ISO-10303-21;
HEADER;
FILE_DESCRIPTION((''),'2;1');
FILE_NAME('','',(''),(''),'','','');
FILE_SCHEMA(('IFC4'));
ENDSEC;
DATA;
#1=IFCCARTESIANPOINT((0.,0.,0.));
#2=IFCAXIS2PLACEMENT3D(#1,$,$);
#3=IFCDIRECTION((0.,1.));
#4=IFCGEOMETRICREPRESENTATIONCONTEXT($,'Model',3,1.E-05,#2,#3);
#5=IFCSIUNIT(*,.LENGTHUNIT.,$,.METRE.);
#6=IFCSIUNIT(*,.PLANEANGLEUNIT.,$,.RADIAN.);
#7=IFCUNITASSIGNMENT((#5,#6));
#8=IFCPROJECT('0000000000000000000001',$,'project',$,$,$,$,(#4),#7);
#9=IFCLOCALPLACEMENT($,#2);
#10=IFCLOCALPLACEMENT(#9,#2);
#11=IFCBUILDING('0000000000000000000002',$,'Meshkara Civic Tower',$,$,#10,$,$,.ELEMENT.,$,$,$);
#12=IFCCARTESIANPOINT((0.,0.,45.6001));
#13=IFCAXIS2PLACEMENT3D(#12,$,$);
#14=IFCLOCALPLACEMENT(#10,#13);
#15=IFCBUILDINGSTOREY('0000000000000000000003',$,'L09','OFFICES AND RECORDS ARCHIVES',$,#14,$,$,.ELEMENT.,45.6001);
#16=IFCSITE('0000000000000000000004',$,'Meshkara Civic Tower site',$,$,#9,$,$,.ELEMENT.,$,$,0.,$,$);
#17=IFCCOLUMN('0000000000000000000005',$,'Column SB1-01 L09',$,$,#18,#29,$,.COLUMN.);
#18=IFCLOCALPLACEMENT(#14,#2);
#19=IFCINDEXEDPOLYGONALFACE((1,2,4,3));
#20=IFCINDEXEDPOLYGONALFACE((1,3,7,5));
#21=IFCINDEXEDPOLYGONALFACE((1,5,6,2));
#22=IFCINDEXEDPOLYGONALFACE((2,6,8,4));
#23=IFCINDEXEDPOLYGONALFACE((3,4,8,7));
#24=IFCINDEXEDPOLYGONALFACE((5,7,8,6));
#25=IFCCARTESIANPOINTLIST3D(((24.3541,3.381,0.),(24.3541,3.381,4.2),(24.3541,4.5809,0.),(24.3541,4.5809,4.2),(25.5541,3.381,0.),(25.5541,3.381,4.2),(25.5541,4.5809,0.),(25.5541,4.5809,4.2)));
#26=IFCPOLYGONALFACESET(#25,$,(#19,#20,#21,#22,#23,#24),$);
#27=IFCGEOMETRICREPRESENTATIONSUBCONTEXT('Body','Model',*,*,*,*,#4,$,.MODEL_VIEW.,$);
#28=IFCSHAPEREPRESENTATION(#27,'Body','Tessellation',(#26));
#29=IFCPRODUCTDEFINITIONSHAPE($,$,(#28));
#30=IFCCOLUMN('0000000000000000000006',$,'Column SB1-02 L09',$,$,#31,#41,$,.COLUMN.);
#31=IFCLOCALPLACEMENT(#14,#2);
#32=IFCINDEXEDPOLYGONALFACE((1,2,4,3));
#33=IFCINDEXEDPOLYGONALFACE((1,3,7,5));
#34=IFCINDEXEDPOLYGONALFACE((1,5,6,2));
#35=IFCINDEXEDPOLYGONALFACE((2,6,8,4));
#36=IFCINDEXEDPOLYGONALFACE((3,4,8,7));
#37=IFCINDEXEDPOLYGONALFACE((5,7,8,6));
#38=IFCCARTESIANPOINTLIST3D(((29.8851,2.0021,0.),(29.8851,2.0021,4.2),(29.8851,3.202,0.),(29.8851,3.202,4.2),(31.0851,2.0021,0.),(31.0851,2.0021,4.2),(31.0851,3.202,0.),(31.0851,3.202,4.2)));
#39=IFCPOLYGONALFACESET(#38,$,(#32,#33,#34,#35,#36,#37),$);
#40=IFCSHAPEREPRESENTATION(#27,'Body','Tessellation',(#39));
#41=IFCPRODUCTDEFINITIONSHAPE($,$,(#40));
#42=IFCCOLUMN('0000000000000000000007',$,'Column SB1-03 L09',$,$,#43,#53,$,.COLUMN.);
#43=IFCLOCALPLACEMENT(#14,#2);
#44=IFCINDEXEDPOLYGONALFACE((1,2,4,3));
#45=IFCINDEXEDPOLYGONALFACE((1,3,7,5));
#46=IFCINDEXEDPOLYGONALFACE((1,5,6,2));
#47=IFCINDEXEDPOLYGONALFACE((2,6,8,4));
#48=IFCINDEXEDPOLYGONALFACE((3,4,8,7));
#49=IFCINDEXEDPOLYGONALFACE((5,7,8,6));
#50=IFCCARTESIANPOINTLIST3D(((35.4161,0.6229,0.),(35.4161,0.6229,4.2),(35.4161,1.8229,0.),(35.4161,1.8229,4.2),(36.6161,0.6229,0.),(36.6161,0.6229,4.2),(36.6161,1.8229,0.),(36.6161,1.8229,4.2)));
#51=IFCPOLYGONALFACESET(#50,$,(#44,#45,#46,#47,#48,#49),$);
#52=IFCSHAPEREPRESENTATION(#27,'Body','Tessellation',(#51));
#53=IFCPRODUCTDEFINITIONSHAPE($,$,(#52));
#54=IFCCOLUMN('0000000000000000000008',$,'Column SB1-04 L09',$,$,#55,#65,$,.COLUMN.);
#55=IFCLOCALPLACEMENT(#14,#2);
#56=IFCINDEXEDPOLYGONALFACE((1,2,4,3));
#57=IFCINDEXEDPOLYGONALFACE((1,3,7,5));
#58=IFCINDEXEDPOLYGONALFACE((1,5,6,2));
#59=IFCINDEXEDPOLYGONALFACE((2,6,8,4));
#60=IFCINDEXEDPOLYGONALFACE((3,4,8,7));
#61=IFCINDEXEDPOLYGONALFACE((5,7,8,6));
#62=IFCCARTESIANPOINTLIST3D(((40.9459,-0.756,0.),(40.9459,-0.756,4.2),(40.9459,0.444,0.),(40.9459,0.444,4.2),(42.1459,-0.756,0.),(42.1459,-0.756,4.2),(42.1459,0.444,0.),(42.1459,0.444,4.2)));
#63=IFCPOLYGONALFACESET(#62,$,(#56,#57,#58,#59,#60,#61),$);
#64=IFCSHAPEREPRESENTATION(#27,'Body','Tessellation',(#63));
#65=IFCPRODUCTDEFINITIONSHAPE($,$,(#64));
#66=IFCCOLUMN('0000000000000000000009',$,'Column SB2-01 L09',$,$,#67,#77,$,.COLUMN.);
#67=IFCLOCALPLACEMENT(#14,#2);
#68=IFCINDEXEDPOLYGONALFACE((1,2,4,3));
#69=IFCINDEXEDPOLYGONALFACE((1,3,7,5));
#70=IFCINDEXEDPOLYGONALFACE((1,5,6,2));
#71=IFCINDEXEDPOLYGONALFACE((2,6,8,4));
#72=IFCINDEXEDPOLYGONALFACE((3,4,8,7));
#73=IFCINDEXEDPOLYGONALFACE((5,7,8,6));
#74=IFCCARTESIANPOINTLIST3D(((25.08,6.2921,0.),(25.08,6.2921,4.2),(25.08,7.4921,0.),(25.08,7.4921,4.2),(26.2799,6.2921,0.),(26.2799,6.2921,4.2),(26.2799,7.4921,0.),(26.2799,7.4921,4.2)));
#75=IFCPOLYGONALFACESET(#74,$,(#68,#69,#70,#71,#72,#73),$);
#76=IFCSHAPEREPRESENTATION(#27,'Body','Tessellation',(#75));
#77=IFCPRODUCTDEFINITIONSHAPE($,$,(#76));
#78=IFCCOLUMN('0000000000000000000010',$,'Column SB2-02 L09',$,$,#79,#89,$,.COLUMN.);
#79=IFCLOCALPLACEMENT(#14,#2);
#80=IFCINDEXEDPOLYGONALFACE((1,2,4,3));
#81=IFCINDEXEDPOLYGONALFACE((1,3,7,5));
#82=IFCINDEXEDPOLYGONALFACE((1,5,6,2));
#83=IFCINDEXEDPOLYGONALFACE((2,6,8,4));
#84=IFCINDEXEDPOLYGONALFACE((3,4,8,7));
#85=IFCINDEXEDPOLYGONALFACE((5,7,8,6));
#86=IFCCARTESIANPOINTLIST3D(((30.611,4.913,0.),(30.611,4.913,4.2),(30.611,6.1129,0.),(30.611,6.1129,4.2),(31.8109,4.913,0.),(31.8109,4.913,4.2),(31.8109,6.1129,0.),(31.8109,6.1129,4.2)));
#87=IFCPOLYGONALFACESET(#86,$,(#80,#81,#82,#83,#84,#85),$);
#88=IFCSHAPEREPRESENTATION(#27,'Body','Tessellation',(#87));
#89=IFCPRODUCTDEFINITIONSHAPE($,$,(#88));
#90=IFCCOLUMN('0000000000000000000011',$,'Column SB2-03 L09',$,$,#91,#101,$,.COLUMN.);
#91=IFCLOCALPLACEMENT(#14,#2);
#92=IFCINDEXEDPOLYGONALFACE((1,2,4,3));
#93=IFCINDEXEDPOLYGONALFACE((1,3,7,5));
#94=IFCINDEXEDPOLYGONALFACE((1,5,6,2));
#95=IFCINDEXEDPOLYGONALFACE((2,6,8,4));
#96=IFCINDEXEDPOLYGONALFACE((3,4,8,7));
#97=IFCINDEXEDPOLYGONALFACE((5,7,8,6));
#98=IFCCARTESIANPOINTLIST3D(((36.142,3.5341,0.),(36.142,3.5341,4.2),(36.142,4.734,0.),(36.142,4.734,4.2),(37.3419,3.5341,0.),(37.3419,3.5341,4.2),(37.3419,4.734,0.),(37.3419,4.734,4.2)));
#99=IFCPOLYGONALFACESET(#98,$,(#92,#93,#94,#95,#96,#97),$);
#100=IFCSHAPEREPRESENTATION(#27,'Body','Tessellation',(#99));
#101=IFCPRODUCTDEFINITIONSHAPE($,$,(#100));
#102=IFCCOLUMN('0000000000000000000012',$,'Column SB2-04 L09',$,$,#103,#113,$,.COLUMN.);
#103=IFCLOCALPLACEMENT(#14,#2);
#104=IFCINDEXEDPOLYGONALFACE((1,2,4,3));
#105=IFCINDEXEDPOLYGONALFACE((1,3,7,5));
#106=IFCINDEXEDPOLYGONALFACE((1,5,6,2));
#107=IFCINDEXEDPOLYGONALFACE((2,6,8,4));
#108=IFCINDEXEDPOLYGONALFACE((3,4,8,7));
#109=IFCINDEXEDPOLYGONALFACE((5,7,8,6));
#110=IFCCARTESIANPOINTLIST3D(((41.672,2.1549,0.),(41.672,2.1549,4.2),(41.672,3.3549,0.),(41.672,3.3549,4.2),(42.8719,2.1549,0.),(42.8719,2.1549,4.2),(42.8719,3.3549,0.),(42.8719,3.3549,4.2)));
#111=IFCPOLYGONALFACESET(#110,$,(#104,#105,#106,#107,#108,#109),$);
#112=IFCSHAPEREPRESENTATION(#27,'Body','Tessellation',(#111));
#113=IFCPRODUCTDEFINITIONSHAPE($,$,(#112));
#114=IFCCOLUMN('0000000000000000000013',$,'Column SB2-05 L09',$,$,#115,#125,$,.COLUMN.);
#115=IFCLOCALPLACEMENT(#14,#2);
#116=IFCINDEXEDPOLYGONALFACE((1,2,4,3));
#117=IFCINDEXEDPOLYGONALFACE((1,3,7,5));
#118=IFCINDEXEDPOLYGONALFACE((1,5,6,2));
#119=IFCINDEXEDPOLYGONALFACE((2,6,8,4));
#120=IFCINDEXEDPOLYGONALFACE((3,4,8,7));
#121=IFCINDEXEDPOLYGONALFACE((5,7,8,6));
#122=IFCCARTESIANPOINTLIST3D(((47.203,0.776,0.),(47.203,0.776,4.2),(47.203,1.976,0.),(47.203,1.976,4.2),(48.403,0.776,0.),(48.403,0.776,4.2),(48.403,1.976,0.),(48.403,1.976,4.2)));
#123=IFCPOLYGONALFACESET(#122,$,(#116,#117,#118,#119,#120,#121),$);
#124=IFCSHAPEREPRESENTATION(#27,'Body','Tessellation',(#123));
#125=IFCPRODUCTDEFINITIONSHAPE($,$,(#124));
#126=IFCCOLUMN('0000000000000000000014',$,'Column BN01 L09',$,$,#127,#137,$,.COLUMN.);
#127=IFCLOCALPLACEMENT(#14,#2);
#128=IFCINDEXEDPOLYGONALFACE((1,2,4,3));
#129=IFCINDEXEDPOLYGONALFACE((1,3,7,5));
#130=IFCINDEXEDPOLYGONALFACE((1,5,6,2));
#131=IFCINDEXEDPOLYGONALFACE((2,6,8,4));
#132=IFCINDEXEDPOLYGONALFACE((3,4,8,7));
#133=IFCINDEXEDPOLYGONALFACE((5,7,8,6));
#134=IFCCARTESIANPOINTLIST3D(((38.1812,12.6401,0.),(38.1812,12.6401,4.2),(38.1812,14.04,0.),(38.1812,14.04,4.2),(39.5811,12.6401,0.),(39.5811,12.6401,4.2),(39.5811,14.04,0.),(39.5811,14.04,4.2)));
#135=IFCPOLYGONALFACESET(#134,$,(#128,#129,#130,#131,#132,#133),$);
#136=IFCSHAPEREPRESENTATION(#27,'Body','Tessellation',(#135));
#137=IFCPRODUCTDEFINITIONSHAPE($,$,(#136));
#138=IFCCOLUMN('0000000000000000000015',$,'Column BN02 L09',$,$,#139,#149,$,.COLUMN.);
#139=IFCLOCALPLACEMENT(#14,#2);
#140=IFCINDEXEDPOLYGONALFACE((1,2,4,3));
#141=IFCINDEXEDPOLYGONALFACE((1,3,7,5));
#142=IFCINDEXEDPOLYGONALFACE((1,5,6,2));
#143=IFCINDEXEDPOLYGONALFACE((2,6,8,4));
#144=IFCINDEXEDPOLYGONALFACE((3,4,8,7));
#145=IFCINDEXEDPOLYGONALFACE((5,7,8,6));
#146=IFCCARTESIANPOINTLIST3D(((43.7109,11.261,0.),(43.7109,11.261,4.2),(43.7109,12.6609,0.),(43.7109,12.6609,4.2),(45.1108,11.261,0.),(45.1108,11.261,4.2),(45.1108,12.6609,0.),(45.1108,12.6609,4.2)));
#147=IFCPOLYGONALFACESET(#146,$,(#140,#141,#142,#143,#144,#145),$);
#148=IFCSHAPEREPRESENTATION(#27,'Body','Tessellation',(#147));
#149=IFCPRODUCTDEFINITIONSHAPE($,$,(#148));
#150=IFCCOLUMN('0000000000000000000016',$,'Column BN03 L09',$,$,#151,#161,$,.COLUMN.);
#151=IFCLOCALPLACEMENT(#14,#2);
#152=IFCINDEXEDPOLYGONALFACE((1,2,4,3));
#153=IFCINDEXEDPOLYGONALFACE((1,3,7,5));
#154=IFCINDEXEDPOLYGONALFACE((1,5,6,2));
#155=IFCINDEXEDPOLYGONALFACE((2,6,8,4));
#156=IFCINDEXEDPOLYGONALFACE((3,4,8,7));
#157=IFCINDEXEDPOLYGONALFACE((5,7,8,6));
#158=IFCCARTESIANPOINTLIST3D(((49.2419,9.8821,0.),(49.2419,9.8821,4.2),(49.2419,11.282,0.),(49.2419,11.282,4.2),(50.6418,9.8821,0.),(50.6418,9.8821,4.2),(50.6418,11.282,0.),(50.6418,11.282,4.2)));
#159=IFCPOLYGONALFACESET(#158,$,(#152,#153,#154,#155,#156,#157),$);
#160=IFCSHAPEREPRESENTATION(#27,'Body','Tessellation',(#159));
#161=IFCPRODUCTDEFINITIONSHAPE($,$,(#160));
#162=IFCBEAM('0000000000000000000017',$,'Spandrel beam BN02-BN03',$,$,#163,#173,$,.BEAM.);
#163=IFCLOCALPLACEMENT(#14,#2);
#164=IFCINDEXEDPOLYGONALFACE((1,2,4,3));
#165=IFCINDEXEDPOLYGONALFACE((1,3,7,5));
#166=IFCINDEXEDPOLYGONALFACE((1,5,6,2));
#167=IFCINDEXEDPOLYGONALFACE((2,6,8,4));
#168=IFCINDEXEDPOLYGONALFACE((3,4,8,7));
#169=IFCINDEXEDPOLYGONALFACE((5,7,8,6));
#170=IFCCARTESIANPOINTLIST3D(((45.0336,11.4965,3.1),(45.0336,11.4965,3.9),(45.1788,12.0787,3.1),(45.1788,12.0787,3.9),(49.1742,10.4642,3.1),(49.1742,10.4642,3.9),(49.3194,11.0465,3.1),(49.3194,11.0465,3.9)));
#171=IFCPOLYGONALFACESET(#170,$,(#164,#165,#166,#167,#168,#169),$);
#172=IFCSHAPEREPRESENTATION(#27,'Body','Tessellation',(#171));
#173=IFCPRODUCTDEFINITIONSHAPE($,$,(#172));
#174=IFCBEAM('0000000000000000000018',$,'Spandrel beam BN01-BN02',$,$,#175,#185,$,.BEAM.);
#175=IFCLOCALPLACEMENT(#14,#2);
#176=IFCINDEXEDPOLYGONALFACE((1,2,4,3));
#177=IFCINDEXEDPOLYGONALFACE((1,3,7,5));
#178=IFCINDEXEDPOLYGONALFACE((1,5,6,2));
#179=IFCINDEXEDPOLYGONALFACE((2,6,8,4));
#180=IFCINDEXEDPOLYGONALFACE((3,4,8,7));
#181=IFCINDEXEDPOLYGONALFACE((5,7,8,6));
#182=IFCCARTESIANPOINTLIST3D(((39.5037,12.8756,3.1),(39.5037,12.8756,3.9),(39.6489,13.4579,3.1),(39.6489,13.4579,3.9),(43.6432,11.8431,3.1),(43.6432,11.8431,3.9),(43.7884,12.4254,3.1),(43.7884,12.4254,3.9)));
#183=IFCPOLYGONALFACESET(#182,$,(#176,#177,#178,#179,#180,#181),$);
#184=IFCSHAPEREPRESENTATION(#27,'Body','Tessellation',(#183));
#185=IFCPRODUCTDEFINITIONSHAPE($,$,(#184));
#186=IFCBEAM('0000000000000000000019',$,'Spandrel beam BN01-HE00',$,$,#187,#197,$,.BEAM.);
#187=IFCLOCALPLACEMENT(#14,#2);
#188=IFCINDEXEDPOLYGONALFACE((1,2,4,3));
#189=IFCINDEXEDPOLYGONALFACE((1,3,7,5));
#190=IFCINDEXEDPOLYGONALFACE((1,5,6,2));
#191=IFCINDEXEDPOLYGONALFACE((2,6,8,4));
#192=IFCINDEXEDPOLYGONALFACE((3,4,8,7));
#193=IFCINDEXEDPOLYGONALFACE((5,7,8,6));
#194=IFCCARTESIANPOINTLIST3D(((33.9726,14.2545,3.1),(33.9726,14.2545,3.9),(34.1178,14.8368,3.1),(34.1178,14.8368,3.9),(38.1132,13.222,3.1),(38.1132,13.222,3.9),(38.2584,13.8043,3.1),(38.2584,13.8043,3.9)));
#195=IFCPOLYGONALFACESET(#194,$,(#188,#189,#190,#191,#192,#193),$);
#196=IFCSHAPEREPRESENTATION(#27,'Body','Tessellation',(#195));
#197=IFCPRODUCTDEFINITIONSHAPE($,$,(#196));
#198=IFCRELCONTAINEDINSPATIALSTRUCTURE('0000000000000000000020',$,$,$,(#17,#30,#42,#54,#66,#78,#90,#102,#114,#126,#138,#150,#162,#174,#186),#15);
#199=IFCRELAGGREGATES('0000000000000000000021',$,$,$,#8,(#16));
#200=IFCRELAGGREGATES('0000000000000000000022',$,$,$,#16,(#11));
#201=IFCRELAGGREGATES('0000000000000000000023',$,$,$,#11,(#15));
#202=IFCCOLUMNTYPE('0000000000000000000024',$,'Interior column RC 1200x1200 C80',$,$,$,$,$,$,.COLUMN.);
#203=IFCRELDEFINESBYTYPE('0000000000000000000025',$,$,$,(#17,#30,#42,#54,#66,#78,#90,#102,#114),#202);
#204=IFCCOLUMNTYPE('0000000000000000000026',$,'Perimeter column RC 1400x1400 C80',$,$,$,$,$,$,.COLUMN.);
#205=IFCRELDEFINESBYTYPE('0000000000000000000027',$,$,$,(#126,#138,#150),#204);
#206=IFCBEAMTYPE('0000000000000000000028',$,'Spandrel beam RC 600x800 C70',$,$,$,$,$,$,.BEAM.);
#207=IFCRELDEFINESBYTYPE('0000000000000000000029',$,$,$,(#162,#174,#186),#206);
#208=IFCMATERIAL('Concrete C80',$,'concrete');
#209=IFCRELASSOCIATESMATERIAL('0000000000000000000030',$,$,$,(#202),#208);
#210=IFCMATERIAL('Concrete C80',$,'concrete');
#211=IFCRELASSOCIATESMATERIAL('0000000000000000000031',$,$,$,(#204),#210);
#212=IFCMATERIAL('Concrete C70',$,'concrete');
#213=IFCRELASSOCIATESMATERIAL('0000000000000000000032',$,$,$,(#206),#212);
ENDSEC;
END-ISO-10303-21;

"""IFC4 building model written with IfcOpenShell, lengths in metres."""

from ifc_helpers import new_model, si_unit, direction, frame, origin, origin_2d, place, context, subcontext, project, spatial, rectangle, extrude, material, material_profile, profile_set, type_object, element, save


model = new_model("IFC4")

# Units and contexts
model_context = context("Model", 3, precision=1e-05, world=origin(), true_north=direction((0.0, 1.0)))
body_context = subcontext(model_context, "Body", "Model", "MODEL_VIEW")
ifc_project = project(units=[si_unit("LENGTHUNIT", "METRE"), si_unit("PLANEANGLEUNIT", "RADIAN")], contexts=[model_context])

# Site, building, storey
site_placement = place(None, origin())
site = spatial("IfcSite", under=ifc_project, at=site_placement, Name="Meshkara Civic Tower site", CompositionType="ELEMENT", RefElevation=0.0)
building_placement = place(site_placement, origin())
building = spatial("IfcBuilding", under=site, at=building_placement, Name="Meshkara Civic Tower", CompositionType="ELEMENT")
storey_placement = place(building_placement, frame((0.0, 0.0, 45.6001)))
storey = spatial("IfcBuildingStorey", under=building, at=storey_placement, Name="L09", Description="OFFICES AND RECORDS ARCHIVES", CompositionType="ELEMENT", Elevation=45.6001)

# Columns
ifc_material_1 = material(Name="Concrete C80", Category="concrete")
ifc_material_profile_1 = material_profile(ifc_material_1, rectangle(XDim=1.2, YDim=1.2, at=origin_2d()))
ifc_profile_set_1 = profile_set([ifc_material_profile_1], Name="Concrete C80")
column_type_1 = type_object("IfcColumnType", Name="Interior column RC 1200x1200 C80", PredefinedType="COLUMN", material=ifc_profile_set_1)
for number, where, z_axis, x_axis, name in (
    (1, (24.9541, 3.981, 0.0), (0.0, 0.0, 1.0), (1.0, 0.0, 0.0), "Column SB1-01 L09"),
    (2, (30.4851, 2.6021, 0.0), (0.0, 0.0, 1.0), (1.0, 0.0, 0.0), "Column SB1-02 L09"),
    (3, (36.0161, 1.2229, 0.0), (0.0, 0.0, 1.0), (1.0, 0.0, 0.0), "Column SB1-03 L09"),
    (4, (41.5459, -0.156, 0.0), (0.0, 0.0, 1.0), (1.0, 0.0, 0.0), "Column SB1-04 L09"),
    (5, (25.6799, 6.8921, 0.0), (0.0, 0.0, 1.0), (1.0, 0.0, 0.0), "Column SB2-01 L09"),
    (6, (31.2109, 5.5129, 0.0), (0.0, 0.0, 1.0), (1.0, 0.0, 0.0), "Column SB2-02 L09"),
    (7, (36.7419, 4.134, 0.0), (0.0, 0.0, 1.0), (1.0, 0.0, 0.0), "Column SB2-03 L09"),
    (8, (42.272, 2.7549, 0.0), (0.0, 0.0, 1.0), (1.0, 0.0, 0.0), "Column SB2-04 L09"),
    (9, (47.803, 1.376, 0.0), (0.0, 0.0, 1.0), (1.0, 0.0, 0.0), "Column SB2-05 L09"),
):
    element("IfcColumn", number, at=place(storey_placement, frame(where, z_axis=z_axis, x_axis=x_axis)), inside=storey, type_object=column_type_1, Name=name, PredefinedType="COLUMN", context=body_context, shape_type="SweptSolid", body=[
        extrude(rectangle(XDim=1.2, YDim=1.2, at=origin_2d()), origin(), (0.0, 0.0, 1.0), 4.2),
    ])
ifc_material_2 = material(Name="Concrete C80", Category="concrete")
ifc_material_profile_2 = material_profile(ifc_material_2, rectangle(XDim=1.3999, YDim=1.3999, at=origin_2d()))
ifc_profile_set_2 = profile_set([ifc_material_profile_2], Name="Concrete C80")
column_type_2 = type_object("IfcColumnType", Name="Perimeter column RC 1400x1400 C80", PredefinedType="COLUMN", material=ifc_profile_set_2)
for number, where, z_axis, x_axis, name in (
    (10, (38.8811, 13.3401, 0.0), (0.0, 0.0, 1.0), (1.0, 0.0, 0.0), "Column BN01 L09"),
    (11, (44.4109, 11.9609, 0.0), (0.0, 0.0, 1.0), (1.0, 0.0, 0.0), "Column BN02 L09"),
    (12, (49.9419, 10.582, 0.0), (0.0, 0.0, 1.0), (1.0, 0.0, 0.0), "Column BN03 L09"),
):
    element("IfcColumn", number, at=place(storey_placement, frame(where, z_axis=z_axis, x_axis=x_axis)), inside=storey, type_object=column_type_2, Name=name, PredefinedType="COLUMN", context=body_context, shape_type="SweptSolid", body=[
        extrude(rectangle(XDim=1.3999, YDim=1.3999, at=origin_2d()), origin(), (0.0, 0.0, 1.0), 4.2),
    ])

# Beams
ifc_material_3 = material(Name="Concrete C70", Category="concrete")
ifc_material_profile_3 = material_profile(ifc_material_3, rectangle(XDim=0.6001, YDim=0.8, at=origin_2d()))
ifc_profile_set_3 = profile_set([ifc_material_profile_3], Name="Concrete C70")
beam_type = type_object("IfcBeamType", Name="Spandrel beam RC 600x800 C70", PredefinedType="BEAM", material=ifc_profile_set_3)
beam_1_placement = place(storey_placement, frame((49.2468, 10.7554, 3.5), z_axis=(-0.970304, 0.241889, 0.0), x_axis=(-0.241889, -0.970304, 0.0)))
element("IfcBeam", 13, at=beam_1_placement, inside=storey, type_object=beam_type, Name="Spandrel beam BN02-BN03", PredefinedType="BEAM", context=body_context, shape_type="SweptSolid", body=[
    extrude(rectangle(XDim=0.6001, YDim=0.8, at=origin_2d()), origin(), (0.0, 0.0, 1.0), 4.2673),
])
beam_2_placement = place(storey_placement, frame((43.7158, 12.1343, 3.5), z_axis=(-0.970277, 0.241997, 0.0), x_axis=(-0.241997, -0.970277, 0.0)))
element("IfcBeam", 14, at=beam_2_placement, inside=storey, type_object=beam_type, Name="Spandrel beam BN01-BN02", PredefinedType="BEAM", context=body_context, shape_type="SweptSolid", body=[
    extrude(rectangle(XDim=0.6001, YDim=0.8, at=origin_2d()), origin(), (0.0, 0.0, 1.0), 4.2664),
])
beam_3_placement = place(storey_placement, frame((38.1858, 13.5132, 3.5), z_axis=(-0.97029, 0.241943, 0.0), x_axis=(-0.241943, -0.97029, 0.0)))
element("IfcBeam", 15, at=beam_3_placement, inside=storey, type_object=beam_type, Name="Spandrel beam BN01-HE00", PredefinedType="BEAM", context=body_context, shape_type="SweptSolid", body=[
    extrude(rectangle(XDim=0.6001, YDim=0.8, at=origin_2d()), origin(), (0.0, 0.0, 1.0), 4.2673),
])

save(model, "model.ifc")
